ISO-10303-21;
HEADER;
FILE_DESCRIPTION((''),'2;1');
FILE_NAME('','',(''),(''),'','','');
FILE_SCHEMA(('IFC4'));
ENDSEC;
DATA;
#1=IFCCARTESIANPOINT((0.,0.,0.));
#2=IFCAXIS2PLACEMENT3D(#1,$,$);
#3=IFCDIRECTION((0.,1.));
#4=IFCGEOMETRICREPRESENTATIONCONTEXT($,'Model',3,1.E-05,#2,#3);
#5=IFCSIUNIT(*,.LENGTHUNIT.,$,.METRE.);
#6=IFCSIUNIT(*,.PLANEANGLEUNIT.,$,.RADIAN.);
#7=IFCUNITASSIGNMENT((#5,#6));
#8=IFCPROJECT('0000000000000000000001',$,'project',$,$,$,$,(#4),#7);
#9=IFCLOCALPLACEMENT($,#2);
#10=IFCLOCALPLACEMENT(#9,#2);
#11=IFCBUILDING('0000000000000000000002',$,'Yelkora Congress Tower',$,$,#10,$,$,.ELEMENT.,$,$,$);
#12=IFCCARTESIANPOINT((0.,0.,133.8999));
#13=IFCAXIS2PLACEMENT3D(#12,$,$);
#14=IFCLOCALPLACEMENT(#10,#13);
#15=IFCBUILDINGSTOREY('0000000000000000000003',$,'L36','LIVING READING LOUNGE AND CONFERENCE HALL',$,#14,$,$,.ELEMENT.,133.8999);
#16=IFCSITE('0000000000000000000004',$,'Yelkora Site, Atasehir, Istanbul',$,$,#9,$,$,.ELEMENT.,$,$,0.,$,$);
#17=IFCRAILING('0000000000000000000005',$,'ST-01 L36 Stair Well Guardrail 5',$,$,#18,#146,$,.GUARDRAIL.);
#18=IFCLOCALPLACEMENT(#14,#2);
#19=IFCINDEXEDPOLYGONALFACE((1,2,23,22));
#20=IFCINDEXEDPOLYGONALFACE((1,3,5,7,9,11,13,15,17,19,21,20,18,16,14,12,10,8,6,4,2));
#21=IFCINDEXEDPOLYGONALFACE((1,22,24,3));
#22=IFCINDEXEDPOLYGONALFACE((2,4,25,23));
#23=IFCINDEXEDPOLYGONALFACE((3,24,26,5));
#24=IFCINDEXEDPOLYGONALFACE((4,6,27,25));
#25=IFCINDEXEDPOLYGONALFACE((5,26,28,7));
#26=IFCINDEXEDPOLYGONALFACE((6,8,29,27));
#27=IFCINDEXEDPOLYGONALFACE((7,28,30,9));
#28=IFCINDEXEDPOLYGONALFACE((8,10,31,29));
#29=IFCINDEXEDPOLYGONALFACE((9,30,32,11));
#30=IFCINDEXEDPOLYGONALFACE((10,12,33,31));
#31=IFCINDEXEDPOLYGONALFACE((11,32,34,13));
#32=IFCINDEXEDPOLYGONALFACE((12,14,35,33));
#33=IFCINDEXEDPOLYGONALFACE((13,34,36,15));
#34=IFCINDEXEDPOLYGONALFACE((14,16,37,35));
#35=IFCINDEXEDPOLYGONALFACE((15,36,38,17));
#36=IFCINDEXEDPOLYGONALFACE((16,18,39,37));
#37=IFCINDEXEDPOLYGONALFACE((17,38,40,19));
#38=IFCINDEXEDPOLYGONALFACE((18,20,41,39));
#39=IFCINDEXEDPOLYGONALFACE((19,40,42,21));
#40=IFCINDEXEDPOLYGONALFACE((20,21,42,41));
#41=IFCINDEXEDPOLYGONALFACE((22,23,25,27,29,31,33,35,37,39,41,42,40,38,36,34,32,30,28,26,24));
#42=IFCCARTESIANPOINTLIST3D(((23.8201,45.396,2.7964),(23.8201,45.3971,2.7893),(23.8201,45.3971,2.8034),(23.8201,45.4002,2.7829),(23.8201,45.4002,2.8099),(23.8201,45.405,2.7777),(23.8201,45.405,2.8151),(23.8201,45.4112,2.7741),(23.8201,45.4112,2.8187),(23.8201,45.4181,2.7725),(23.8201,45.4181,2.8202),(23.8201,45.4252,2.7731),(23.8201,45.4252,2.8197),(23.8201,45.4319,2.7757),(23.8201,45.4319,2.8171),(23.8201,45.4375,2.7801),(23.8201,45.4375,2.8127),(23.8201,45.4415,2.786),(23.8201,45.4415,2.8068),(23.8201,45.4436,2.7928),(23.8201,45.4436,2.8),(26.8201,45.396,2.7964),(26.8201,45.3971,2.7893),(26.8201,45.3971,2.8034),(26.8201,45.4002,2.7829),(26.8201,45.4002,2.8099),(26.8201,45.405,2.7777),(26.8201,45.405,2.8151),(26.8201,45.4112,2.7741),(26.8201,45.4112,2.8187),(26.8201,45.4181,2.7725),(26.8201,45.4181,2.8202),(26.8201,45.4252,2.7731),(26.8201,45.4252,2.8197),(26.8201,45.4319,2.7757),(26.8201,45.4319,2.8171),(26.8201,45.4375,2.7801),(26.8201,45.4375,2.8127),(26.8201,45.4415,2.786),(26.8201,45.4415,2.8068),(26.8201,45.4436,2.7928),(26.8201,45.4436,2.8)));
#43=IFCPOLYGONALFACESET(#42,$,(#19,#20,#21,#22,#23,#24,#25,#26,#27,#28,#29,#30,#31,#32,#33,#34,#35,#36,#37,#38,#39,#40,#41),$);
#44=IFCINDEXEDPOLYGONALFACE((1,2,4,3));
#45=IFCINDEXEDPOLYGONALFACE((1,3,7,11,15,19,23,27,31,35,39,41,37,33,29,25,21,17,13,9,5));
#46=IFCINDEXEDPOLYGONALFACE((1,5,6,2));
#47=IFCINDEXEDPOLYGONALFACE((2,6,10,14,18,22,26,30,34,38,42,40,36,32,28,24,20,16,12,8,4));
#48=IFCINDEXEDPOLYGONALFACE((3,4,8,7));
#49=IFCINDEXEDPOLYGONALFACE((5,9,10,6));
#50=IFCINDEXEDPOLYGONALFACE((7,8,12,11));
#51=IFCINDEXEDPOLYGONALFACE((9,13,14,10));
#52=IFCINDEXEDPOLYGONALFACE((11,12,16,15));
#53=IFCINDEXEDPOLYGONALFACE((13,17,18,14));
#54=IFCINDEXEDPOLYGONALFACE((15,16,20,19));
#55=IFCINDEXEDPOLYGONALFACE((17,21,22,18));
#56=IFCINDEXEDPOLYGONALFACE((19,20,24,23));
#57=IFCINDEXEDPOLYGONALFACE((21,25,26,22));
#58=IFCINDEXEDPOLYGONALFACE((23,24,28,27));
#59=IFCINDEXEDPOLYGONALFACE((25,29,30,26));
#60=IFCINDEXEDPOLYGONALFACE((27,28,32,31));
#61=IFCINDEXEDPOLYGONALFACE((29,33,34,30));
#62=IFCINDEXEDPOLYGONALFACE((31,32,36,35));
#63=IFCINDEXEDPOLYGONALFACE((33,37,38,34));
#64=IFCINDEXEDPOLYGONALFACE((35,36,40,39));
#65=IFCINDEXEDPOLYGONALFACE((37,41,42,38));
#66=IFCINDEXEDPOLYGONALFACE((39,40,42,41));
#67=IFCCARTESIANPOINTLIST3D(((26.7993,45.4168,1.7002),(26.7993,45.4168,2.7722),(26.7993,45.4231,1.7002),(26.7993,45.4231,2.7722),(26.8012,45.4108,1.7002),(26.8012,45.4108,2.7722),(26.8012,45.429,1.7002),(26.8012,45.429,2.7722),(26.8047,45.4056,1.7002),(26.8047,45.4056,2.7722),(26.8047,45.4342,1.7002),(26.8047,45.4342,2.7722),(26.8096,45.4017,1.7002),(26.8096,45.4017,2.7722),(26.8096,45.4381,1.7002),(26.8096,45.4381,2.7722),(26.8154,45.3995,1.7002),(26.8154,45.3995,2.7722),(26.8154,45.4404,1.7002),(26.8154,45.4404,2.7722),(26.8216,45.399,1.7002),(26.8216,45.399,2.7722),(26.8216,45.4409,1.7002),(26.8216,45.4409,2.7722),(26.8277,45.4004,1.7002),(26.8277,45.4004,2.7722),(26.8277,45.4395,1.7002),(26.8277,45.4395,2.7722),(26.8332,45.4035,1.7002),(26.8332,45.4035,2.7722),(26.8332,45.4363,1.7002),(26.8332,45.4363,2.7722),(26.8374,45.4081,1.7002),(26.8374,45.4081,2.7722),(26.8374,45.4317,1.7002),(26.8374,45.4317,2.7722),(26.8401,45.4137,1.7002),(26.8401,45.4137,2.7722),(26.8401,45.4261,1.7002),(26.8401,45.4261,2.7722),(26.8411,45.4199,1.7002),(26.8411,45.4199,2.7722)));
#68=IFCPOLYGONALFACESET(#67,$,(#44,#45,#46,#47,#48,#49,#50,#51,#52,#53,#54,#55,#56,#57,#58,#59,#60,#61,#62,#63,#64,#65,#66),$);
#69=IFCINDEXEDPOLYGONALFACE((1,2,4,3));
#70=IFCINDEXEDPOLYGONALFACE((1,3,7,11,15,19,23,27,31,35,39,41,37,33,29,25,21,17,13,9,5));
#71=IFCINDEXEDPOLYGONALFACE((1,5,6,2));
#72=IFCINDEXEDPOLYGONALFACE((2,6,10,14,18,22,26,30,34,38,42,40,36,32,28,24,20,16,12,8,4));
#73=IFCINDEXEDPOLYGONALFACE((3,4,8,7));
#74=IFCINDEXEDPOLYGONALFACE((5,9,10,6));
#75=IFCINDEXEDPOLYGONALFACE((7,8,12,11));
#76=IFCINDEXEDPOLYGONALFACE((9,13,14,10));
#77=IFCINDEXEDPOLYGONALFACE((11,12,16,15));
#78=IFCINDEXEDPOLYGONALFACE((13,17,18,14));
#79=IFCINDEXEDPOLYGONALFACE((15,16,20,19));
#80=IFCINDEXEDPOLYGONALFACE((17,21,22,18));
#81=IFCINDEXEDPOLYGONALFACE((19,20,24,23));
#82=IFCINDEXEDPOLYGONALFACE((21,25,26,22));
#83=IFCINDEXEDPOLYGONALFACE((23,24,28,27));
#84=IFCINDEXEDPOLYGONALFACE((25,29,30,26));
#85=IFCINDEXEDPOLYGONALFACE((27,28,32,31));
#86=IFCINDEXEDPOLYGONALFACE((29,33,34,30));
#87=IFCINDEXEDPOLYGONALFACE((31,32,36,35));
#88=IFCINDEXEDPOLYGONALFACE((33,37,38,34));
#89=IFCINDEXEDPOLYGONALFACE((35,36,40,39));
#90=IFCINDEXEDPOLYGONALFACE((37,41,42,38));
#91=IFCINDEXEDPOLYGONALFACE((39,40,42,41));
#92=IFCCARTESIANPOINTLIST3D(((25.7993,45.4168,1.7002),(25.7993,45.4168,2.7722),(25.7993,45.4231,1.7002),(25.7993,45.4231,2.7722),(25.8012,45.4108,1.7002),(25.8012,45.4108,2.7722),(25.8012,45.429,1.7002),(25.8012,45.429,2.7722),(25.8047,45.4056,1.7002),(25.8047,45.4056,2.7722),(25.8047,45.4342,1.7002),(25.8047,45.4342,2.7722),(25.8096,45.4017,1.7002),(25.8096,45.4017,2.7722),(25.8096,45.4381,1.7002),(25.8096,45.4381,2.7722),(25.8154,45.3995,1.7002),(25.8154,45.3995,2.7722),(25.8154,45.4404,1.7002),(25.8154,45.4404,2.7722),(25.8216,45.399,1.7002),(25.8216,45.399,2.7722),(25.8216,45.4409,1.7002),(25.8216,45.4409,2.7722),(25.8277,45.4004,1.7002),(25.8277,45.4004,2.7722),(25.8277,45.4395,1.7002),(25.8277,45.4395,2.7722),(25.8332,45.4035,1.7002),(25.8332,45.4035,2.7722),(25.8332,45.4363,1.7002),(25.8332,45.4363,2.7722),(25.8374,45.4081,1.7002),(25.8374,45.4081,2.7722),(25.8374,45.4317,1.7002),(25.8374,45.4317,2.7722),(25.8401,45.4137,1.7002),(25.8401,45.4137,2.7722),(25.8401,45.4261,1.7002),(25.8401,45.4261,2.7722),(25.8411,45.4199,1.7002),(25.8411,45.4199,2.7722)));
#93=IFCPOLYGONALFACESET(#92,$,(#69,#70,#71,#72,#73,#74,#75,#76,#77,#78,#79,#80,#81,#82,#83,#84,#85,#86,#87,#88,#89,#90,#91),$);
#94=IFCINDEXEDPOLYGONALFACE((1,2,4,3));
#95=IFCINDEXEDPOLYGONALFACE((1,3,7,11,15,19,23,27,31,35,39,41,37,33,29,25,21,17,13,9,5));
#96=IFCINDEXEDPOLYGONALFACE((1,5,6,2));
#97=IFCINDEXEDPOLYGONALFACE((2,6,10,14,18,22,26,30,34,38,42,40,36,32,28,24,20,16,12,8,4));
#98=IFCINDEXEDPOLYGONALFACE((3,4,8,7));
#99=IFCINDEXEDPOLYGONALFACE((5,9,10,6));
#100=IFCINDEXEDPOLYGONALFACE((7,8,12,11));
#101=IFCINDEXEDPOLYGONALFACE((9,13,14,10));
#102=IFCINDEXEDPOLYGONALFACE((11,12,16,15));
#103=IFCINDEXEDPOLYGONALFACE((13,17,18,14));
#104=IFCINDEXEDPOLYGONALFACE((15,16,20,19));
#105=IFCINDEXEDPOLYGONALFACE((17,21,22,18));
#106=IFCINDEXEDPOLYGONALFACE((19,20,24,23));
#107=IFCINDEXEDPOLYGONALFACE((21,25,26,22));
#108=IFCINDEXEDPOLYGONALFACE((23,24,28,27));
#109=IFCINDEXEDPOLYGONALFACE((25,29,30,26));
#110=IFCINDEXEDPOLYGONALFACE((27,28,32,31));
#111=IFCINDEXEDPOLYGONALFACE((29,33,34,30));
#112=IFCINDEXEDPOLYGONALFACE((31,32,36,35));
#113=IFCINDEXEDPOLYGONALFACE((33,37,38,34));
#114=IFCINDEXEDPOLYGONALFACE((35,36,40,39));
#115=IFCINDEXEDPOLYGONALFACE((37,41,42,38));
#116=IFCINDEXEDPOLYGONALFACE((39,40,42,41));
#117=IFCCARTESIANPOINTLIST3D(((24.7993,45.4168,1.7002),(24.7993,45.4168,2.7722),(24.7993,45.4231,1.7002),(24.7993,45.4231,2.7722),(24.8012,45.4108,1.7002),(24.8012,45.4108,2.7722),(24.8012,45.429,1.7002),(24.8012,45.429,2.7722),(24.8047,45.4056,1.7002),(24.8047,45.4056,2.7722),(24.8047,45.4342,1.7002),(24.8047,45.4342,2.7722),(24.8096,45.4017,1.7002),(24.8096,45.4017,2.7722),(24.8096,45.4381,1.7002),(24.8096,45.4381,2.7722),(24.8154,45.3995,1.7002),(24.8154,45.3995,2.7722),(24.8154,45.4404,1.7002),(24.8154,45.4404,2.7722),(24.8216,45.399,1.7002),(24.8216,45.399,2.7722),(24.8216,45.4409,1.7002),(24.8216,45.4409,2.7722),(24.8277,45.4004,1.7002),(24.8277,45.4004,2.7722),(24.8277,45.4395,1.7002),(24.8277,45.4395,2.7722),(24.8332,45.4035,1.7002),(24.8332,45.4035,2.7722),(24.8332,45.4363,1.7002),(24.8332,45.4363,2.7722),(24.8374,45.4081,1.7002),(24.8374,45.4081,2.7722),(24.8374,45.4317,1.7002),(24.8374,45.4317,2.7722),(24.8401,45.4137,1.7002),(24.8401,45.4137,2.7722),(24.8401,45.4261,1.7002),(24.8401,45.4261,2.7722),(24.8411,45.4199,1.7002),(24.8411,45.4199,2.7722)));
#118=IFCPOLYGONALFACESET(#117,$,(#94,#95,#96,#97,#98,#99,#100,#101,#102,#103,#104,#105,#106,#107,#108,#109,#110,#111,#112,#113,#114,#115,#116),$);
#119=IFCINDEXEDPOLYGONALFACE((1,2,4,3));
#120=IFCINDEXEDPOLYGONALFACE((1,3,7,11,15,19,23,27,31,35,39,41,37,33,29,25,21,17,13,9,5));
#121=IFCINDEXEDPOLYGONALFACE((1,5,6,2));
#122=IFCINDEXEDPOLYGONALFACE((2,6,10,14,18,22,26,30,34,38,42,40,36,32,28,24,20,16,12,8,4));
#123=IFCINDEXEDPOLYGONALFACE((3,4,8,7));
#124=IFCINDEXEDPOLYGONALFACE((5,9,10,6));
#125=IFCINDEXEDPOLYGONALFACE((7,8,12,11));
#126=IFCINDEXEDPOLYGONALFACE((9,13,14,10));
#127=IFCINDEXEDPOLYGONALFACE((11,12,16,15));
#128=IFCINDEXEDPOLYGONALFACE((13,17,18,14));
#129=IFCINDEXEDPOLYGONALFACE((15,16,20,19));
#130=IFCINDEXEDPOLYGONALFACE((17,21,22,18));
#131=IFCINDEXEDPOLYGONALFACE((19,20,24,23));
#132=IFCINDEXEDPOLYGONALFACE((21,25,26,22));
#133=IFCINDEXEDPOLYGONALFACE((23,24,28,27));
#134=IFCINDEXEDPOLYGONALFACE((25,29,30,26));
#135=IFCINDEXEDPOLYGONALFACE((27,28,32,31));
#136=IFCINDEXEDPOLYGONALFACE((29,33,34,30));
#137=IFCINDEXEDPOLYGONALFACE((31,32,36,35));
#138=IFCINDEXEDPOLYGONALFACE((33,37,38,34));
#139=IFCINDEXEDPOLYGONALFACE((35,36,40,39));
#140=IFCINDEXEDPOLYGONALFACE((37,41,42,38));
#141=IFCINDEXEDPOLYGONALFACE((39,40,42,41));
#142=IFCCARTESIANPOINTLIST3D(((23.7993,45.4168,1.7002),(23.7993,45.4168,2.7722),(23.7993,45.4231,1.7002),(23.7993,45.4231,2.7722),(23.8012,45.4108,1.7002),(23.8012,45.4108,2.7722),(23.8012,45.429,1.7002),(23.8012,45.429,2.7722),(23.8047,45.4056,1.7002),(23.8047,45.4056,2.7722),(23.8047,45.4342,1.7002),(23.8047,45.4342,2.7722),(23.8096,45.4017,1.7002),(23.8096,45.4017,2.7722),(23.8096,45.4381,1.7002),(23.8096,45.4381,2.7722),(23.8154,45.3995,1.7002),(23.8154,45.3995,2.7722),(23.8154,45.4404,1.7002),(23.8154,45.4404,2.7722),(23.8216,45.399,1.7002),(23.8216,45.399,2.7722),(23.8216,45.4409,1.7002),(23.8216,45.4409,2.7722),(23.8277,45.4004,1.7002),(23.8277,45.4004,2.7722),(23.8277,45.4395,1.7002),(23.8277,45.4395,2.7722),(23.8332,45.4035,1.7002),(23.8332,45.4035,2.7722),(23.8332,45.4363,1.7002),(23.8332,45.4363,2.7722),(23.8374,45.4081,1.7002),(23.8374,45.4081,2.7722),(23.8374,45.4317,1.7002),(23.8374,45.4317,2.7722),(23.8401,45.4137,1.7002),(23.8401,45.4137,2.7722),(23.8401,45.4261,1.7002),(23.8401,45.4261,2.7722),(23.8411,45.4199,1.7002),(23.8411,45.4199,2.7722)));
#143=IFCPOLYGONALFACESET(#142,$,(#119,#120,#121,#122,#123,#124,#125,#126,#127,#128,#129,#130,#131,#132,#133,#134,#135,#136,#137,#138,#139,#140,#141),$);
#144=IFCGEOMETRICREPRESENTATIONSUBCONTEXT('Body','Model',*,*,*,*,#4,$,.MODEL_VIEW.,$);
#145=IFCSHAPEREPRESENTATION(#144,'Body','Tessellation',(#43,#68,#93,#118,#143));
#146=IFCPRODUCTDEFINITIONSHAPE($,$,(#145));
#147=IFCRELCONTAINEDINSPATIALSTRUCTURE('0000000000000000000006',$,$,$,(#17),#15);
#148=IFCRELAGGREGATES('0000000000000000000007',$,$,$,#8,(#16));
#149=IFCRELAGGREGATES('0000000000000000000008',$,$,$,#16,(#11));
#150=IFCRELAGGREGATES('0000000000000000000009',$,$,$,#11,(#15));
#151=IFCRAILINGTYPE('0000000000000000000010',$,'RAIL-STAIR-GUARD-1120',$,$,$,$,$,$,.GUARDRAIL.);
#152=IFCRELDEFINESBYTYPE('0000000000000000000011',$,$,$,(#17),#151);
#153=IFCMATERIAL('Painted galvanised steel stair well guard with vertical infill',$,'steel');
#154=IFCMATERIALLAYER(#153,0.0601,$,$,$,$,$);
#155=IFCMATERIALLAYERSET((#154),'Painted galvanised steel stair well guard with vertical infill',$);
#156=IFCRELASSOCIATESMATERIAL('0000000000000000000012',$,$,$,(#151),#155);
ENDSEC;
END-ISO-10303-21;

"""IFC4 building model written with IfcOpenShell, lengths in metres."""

from ifc_helpers import new_model, si_unit, direction, frame, origin, origin_2d, place, context, subcontext, project, spatial, circle, extrude, material, layer, layer_set, type_object, element, save


model = new_model("IFC4")

# Units and contexts
model_context = context("Model", 3, precision=1e-05, world=origin(), true_north=direction((0.0, 1.0)))
body_context = subcontext(model_context, "Body", "Model", "MODEL_VIEW")
ifc_project = project(units=[si_unit("LENGTHUNIT", "METRE"), si_unit("PLANEANGLEUNIT", "RADIAN")], contexts=[model_context])

# Site, building, storey
site_placement = place(None, origin())
site = spatial("IfcSite", under=ifc_project, at=site_placement, Name="Yelkora Site, Atasehir, Istanbul", CompositionType="ELEMENT", RefElevation=0.0)
building_placement = place(site_placement, origin())
building = spatial("IfcBuilding", under=site, at=building_placement, Name="Yelkora Congress Tower", CompositionType="ELEMENT")
storey_placement = place(building_placement, frame((0.0, 0.0, 133.8999)))
storey = spatial("IfcBuildingStorey", under=building, at=storey_placement, Name="L36", Description="LIVING READING LOUNGE AND CONFERENCE HALL", CompositionType="ELEMENT", Elevation=133.8999)

# Railing
ifc_material_1 = material(Name="Painted galvanised steel stair well guard with vertical infill", Category="steel")
ifc_layer_1 = layer(ifc_material_1, 0.0601)
ifc_layer_set_1 = layer_set([ifc_layer_1], Name="Painted galvanised steel stair well guard with vertical infill")
railing_type_1 = type_object("IfcRailingType", Name="RAIL-STAIR-GUARD-1120", PredefinedType="GUARDRAIL", material=ifc_layer_set_1)
railing_1_placement = place(storey_placement, frame((26.8201, 45.4199, 1.7002)))
element("IfcRailing", 1, at=railing_1_placement, inside=storey, type_object=railing_type_1, Name="ST-01 L36 Stair Well Guardrail 5", PredefinedType="GUARDRAIL", context=body_context, shape_type="SweptSolid", body=[
    extrude(circle(Radius=0.0239, at=origin_2d()), frame((0.0, 0.0, 1.0962), z_axis=(-1.0, 0.0, 0.0), x_axis=(0.0, -1.0, 0.0)), (0.0, 0.0, 1.0), 3.0),
    extrude(circle(Radius=0.021, at=origin_2d()), origin(), (0.0, 0.0, 1.0), 1.072),
    extrude(circle(Radius=0.021, at=origin_2d()), frame((-1.0, 0.0, 0.0)), (0.0, 0.0, 1.0), 1.072),
    extrude(circle(Radius=0.021, at=origin_2d()), frame((-2.0, 0.0, 0.0)), (0.0, 0.0, 1.0), 1.072),
    extrude(circle(Radius=0.021, at=origin_2d()), frame((-3.0, 0.0, 0.0)), (0.0, 0.0, 1.0), 1.072),
])

save(model, "model.ifc")
